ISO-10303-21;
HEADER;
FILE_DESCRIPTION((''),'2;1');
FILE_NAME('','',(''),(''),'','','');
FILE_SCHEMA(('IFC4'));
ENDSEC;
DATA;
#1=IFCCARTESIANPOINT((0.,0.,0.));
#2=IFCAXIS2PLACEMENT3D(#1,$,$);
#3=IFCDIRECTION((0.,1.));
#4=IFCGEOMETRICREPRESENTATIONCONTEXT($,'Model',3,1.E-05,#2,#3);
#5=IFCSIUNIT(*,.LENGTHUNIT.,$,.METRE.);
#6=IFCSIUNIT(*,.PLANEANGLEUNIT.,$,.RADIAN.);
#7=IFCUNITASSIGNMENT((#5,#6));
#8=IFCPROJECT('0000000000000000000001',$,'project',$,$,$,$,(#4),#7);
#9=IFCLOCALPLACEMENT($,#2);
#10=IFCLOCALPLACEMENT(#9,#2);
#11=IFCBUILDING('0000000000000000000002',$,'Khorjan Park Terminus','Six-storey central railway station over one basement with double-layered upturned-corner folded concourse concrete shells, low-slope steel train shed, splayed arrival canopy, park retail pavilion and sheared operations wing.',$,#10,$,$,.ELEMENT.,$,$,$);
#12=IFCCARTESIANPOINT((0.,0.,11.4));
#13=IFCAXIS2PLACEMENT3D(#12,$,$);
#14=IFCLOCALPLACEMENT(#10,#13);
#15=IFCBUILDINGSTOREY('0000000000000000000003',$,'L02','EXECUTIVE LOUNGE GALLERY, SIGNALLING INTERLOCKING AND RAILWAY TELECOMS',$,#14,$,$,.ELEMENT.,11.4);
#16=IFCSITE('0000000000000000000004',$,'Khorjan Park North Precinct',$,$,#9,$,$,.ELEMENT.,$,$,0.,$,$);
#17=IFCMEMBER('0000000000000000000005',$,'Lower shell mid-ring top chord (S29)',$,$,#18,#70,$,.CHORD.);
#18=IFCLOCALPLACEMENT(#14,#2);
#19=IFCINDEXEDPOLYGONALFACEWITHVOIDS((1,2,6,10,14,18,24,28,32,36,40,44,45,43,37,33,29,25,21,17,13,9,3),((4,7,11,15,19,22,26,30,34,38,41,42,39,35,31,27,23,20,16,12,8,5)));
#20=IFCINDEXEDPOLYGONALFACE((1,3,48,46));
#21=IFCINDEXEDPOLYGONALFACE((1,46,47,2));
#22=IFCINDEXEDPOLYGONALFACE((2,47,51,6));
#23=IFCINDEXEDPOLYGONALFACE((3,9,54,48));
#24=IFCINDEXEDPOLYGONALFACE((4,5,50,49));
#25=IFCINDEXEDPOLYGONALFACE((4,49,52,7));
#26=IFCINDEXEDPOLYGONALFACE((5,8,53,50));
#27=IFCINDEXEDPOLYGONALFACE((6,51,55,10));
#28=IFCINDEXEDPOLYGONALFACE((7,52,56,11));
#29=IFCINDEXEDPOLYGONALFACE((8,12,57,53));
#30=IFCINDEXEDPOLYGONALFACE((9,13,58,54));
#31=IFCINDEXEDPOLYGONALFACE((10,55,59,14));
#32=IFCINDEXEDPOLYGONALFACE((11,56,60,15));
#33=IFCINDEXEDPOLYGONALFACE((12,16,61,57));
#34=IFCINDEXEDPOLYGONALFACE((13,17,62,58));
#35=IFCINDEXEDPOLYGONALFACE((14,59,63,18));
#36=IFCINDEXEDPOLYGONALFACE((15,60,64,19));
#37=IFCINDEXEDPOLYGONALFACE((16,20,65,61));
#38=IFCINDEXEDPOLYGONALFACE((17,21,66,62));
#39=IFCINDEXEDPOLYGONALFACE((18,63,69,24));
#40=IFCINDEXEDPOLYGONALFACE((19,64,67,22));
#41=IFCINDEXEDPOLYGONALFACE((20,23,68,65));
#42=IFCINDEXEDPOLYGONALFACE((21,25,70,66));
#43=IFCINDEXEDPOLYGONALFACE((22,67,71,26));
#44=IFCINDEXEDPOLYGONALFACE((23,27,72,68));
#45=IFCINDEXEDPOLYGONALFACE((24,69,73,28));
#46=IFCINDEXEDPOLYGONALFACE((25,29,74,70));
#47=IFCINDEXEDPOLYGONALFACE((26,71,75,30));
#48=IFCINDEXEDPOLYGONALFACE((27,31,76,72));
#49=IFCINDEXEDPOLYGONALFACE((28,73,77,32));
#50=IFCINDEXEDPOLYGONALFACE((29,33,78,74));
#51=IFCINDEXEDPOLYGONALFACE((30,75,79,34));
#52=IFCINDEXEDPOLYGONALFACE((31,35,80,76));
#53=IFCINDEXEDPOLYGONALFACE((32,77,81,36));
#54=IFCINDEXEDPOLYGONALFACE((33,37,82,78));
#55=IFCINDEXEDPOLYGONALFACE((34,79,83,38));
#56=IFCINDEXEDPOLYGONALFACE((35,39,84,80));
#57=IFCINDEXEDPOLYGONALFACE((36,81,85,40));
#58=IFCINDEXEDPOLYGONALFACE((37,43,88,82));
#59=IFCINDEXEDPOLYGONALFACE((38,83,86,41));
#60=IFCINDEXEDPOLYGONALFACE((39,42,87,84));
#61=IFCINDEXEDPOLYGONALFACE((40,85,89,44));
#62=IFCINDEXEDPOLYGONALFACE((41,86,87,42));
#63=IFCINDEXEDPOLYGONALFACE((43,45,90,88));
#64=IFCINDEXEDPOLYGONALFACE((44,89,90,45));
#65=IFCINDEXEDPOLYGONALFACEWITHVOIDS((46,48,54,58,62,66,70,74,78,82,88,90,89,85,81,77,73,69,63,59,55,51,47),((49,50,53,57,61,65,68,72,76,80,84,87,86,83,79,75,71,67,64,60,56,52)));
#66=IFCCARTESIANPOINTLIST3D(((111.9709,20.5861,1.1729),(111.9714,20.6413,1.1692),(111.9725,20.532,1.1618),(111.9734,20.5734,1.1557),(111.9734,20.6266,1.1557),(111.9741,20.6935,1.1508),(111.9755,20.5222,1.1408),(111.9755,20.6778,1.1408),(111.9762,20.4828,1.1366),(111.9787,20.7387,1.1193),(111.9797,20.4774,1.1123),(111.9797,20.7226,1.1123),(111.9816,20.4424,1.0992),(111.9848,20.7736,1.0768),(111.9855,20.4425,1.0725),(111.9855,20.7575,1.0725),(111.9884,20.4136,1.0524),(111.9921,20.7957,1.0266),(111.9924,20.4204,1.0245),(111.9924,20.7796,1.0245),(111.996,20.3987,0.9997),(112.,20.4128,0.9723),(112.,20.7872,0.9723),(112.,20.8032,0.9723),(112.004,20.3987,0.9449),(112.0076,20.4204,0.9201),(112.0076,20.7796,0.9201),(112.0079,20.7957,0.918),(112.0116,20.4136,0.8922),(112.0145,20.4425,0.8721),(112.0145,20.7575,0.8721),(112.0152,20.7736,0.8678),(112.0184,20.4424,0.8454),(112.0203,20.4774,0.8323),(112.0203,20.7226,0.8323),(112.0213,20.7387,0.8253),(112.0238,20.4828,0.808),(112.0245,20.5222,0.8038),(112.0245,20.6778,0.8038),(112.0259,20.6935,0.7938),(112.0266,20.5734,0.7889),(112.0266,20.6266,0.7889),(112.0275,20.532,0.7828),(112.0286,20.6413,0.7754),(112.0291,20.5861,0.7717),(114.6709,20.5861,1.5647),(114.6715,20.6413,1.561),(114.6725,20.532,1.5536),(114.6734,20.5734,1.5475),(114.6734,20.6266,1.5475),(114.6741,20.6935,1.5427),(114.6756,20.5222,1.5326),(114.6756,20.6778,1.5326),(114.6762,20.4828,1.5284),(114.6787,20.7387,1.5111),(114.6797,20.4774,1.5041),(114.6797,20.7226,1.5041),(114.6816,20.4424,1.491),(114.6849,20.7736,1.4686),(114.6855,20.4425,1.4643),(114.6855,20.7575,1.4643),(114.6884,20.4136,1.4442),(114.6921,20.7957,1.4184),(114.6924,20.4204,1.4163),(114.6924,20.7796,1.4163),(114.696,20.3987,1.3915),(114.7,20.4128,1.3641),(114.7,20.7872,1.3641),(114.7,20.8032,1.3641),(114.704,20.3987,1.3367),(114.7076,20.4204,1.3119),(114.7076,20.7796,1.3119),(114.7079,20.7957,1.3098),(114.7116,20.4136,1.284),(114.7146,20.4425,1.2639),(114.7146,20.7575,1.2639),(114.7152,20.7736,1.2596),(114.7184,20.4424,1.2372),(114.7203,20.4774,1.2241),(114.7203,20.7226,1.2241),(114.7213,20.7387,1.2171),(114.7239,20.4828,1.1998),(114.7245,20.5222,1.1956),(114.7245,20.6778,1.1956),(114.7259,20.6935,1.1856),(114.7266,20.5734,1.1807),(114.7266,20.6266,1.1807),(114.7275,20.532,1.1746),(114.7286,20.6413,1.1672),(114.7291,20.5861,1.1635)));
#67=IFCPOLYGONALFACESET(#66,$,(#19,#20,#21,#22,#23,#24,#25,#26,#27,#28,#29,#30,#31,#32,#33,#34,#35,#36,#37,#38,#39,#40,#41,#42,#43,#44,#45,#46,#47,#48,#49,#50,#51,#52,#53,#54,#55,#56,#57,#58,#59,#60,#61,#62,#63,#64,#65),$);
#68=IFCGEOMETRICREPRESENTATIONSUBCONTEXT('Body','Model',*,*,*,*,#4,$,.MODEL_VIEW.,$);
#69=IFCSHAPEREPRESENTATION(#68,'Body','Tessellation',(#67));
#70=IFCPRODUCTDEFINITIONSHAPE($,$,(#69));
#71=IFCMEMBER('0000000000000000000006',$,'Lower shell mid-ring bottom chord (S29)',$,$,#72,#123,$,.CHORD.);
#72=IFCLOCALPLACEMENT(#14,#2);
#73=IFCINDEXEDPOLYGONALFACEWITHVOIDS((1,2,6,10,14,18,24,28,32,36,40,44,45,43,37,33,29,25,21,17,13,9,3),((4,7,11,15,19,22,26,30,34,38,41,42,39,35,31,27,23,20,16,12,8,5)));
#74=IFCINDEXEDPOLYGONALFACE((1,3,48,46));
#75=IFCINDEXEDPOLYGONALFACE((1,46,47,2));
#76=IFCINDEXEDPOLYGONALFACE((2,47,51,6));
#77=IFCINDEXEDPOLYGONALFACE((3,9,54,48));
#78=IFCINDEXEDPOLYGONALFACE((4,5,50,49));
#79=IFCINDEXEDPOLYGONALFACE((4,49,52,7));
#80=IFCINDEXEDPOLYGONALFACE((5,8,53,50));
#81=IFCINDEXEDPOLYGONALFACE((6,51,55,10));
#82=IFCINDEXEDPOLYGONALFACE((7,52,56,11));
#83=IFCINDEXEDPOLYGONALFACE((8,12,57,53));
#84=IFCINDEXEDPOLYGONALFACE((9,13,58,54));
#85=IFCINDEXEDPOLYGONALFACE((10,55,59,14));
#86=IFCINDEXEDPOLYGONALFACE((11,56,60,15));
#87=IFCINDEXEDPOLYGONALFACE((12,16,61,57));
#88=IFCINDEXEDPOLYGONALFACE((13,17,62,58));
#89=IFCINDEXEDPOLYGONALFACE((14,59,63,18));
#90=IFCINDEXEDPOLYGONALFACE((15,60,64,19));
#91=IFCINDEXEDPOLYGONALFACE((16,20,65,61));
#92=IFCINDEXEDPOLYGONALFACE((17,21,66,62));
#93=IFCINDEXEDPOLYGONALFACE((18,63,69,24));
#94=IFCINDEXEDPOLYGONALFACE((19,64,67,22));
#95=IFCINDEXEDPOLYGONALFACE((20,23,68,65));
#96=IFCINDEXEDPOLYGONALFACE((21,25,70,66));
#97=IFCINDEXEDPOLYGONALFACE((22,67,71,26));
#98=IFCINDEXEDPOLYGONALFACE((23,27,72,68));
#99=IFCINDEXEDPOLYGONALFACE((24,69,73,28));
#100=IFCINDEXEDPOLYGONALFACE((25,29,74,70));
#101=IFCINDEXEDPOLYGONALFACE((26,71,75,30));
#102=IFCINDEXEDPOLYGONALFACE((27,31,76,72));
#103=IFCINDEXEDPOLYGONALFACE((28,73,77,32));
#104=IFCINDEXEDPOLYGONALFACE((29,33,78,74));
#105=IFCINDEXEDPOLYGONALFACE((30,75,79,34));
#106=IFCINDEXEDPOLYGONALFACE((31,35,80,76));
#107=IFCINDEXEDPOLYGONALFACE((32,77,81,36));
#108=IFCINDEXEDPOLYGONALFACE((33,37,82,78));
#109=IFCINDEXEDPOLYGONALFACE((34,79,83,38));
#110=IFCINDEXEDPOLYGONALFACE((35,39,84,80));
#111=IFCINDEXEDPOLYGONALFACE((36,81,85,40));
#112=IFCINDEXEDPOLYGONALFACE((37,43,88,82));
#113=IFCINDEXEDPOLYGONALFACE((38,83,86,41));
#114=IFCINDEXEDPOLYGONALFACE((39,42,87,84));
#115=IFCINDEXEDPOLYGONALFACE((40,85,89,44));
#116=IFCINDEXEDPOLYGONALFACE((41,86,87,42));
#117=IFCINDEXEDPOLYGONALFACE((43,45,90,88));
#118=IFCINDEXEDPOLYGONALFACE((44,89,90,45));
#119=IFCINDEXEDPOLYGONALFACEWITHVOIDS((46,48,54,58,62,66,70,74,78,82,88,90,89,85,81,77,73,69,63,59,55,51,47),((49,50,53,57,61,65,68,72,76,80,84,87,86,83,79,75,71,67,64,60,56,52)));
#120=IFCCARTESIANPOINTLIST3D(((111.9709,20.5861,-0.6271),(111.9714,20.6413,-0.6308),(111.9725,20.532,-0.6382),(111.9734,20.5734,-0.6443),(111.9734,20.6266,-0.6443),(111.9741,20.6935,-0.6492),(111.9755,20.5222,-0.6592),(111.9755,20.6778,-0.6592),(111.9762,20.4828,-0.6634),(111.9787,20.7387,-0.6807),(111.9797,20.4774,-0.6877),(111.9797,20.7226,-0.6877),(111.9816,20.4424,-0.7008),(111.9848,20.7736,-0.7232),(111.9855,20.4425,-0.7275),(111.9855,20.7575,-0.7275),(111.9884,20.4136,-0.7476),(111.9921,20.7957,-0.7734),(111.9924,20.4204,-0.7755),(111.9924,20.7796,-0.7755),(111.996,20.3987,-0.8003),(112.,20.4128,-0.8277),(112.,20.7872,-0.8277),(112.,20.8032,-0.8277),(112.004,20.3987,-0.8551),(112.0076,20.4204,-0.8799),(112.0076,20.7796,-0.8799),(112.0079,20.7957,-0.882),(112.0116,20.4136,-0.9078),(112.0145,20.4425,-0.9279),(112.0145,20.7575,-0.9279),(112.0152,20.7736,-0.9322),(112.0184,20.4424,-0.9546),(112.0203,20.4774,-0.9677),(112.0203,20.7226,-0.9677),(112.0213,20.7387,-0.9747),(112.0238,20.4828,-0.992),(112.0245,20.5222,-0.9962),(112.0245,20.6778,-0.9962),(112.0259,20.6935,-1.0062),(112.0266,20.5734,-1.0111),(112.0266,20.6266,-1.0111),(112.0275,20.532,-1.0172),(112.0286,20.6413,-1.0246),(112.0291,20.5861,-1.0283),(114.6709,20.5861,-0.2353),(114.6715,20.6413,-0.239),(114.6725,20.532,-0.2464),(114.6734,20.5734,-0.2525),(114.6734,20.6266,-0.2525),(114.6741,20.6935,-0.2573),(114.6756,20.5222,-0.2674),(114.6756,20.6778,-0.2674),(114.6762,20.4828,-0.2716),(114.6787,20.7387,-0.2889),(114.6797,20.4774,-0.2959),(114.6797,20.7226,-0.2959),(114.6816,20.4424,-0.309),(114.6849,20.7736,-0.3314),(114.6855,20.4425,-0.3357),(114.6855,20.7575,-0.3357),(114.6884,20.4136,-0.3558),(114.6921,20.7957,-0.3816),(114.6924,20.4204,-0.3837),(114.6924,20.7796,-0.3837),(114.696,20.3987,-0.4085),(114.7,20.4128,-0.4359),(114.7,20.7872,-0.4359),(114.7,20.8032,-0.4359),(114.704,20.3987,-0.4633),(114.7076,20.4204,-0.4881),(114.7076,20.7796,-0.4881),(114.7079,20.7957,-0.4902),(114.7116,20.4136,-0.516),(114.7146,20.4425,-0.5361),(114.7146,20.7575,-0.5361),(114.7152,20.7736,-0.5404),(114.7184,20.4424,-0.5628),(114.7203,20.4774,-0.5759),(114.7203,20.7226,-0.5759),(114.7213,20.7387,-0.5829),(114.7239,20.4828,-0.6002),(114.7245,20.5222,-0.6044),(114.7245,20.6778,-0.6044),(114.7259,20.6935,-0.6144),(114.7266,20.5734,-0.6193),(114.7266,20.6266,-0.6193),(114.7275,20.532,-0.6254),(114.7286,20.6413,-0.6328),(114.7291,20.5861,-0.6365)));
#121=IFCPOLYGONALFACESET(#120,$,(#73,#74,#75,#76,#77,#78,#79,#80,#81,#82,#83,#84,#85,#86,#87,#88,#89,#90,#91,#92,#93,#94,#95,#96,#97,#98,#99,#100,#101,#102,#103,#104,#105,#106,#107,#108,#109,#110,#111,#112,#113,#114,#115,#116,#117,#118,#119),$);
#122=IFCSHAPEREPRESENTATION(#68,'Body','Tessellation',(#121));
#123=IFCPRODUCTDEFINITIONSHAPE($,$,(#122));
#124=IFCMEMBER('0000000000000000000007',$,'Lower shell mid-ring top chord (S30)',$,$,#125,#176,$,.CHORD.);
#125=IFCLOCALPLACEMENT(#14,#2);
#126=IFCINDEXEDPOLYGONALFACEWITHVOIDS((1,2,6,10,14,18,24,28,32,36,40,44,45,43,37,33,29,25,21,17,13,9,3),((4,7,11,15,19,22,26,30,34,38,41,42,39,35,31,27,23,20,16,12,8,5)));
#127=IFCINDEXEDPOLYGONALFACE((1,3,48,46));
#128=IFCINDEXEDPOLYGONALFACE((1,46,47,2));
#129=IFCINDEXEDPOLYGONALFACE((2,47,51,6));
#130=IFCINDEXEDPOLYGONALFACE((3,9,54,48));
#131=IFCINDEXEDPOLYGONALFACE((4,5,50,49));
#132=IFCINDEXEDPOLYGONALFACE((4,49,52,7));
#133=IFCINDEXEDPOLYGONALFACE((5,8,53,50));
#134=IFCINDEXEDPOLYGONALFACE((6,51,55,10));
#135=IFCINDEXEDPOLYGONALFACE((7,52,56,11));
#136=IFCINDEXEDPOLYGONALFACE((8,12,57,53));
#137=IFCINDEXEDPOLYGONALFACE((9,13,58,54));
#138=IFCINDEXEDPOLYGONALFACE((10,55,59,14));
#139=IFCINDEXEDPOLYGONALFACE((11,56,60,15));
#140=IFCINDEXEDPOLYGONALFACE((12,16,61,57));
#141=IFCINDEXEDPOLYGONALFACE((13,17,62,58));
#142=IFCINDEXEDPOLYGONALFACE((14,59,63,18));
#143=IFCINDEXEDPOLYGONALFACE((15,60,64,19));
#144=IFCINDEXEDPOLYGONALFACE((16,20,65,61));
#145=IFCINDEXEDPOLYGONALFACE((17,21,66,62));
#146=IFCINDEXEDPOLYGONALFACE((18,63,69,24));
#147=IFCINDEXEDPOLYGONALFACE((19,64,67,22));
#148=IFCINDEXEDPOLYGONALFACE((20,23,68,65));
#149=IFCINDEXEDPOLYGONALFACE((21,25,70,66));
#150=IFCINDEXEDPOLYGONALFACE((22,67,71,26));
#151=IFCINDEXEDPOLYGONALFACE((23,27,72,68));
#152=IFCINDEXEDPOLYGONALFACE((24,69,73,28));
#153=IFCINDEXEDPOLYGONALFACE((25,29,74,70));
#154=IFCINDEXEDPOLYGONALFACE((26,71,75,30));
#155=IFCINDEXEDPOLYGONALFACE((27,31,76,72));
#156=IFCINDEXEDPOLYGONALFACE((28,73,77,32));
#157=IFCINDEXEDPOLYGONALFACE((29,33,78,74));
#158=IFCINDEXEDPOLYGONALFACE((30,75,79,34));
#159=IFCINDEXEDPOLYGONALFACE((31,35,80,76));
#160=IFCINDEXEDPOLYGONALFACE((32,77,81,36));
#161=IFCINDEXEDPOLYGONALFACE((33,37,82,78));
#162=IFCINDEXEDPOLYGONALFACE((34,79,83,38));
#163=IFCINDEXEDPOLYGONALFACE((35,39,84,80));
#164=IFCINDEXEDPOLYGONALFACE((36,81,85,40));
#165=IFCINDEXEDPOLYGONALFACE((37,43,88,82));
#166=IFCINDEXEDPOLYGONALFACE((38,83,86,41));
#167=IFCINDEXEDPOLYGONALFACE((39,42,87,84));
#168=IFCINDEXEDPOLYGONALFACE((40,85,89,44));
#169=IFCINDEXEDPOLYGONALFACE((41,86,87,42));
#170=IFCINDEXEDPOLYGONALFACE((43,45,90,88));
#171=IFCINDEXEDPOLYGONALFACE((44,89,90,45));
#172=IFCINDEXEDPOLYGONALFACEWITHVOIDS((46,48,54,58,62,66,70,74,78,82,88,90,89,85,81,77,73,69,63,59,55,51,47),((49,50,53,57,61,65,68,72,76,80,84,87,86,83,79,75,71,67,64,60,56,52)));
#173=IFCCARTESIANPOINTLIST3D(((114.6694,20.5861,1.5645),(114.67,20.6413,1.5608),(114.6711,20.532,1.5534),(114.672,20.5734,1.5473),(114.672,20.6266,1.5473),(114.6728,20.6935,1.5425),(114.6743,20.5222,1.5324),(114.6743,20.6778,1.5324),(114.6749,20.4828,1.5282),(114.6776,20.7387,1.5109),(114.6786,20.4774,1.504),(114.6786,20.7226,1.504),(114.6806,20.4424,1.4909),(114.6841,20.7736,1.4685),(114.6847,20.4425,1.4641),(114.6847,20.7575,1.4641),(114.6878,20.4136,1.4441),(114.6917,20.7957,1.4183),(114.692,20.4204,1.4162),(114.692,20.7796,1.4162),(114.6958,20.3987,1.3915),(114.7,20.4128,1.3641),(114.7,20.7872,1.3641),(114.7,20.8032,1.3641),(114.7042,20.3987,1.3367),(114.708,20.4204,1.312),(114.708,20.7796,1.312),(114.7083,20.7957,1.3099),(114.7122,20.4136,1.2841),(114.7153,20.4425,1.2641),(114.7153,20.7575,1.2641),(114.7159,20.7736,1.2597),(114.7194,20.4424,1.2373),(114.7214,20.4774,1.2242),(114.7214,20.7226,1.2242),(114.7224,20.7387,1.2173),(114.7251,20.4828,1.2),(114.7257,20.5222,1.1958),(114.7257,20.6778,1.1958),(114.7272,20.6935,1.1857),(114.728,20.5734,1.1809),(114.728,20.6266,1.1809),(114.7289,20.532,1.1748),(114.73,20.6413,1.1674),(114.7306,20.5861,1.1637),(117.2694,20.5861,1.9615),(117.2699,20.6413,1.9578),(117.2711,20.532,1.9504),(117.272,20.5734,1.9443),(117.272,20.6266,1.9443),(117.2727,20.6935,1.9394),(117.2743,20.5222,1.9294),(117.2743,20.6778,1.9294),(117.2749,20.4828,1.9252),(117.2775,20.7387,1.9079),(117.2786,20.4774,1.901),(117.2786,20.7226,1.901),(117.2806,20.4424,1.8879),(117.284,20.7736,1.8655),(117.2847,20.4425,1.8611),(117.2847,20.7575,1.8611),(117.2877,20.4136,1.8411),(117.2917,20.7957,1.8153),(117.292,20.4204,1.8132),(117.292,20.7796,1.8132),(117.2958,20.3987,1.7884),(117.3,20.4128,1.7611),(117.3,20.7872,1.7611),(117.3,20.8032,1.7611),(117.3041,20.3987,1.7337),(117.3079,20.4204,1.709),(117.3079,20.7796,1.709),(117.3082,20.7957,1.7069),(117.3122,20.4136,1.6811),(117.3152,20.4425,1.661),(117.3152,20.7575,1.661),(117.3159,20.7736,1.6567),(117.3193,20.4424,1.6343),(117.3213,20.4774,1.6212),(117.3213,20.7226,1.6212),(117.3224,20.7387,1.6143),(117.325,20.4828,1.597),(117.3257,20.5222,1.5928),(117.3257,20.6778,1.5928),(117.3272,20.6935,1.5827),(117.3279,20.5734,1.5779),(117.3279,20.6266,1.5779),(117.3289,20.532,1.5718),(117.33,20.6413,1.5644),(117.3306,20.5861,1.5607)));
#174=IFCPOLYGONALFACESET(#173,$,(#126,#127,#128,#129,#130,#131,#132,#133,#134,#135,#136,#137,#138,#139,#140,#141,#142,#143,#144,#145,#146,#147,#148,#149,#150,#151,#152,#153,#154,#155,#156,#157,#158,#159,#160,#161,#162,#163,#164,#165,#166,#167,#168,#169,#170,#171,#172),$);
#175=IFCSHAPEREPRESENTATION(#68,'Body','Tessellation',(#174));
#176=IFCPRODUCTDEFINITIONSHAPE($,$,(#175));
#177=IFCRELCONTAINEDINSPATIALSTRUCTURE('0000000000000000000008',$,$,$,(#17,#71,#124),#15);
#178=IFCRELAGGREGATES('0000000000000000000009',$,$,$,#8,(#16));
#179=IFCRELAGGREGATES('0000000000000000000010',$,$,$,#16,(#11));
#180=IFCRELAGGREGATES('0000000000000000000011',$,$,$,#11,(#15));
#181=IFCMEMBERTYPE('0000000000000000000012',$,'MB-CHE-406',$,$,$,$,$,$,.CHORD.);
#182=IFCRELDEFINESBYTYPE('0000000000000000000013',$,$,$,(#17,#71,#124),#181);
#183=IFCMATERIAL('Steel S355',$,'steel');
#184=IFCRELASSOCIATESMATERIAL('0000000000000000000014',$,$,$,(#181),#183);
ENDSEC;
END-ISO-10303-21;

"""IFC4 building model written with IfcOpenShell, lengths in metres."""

from ifc_helpers import new_model, si_unit, direction, frame, origin, origin_2d, place, context, subcontext, project, spatial, hollow_circle, extrude, material, material_profile, profile_set, type_object, element, save


model = new_model("IFC4")

# Units and contexts
model_context = context("Model", 3, precision=1e-05, world=origin(), true_north=direction((0.0, 1.0)))
body_context = subcontext(model_context, "Body", "Model", "MODEL_VIEW")
ifc_project = project(units=[si_unit("LENGTHUNIT", "METRE"), si_unit("PLANEANGLEUNIT", "RADIAN")], contexts=[model_context])

# Site, building, storey
site_placement = place(None, origin())
site = spatial("IfcSite", under=ifc_project, at=site_placement, Name="Khorjan Park North Precinct", CompositionType="ELEMENT", RefElevation=0.0)
building_placement = place(site_placement, origin())
building = spatial("IfcBuilding", under=site, at=building_placement, Name="Khorjan Park Terminus", Description="Six-storey central railway station over one basement with double-layered upturned-corner folded concourse concrete shells, low-slope steel train shed, splayed arrival canopy, park retail pavilion and sheared operations wing.", CompositionType="ELEMENT")
storey_placement = place(building_placement, frame((0.0, 0.0, 11.4)))
storey = spatial("IfcBuildingStorey", under=building, at=storey_placement, Name="L02", Description="EXECUTIVE LOUNGE GALLERY, SIGNALLING INTERLOCKING AND RAILWAY TELECOMS", CompositionType="ELEMENT", Elevation=11.4)

# Members
ifc_material_1 = material(Name="Steel S355", Category="steel")
ifc_material_profile_1 = material_profile(ifc_material_1, hollow_circle(Radius=0.2032, WallThickness=0.016, at=origin_2d()), Name="CHS 406.4x16")
ifc_profile_set_1 = profile_set([ifc_material_profile_1], Name="Steel S355")
member_type_1 = type_object("IfcMemberType", Name="MB-CHE-406", PredefinedType="CHORD", material=ifc_profile_set_1)
for number, where, z_axis, x_axis, name in (
    (1, (112.0, 20.6, 0.9723), (0.989635, 0.0, 0.143607), (0.0, 1.0, 0.0), "Lower shell mid-ring top chord (S29)"),
    (2, (112.0, 20.6, -0.8277), (0.989635, 0.0, 0.143607), (0.0, 1.0, 0.0), "Lower shell mid-ring bottom chord (S29)"),
):
    element("IfcMember", number, at=place(storey_placement, frame(where, z_axis=z_axis, x_axis=x_axis)), inside=storey, type_object=member_type_1, Name=name, PredefinedType="CHORD", context=body_context, shape_type="SweptSolid", body=[
        extrude(hollow_circle(Radius=0.2032, WallThickness=0.016, at=origin_2d()), origin(), (0.0, 0.0, 1.0), 2.7283),
    ])
for number, where, z_axis, x_axis, name in (
    (3, (114.7, 20.6, 1.3641), (0.988542, 0.0, 0.150943), (0.0, 1.0, 0.0), "Lower shell mid-ring top chord (S30)"),
):
    element("IfcMember", number, at=place(storey_placement, frame(where, z_axis=z_axis, x_axis=x_axis)), inside=storey, type_object=member_type_1, Name=name, PredefinedType="CHORD", context=body_context, shape_type="SweptSolid", body=[
        extrude(hollow_circle(Radius=0.2032, WallThickness=0.016, at=origin_2d()), origin(), (0.0, 0.0, 1.0), 2.6301),
    ])

save(model, "model.ifc")
